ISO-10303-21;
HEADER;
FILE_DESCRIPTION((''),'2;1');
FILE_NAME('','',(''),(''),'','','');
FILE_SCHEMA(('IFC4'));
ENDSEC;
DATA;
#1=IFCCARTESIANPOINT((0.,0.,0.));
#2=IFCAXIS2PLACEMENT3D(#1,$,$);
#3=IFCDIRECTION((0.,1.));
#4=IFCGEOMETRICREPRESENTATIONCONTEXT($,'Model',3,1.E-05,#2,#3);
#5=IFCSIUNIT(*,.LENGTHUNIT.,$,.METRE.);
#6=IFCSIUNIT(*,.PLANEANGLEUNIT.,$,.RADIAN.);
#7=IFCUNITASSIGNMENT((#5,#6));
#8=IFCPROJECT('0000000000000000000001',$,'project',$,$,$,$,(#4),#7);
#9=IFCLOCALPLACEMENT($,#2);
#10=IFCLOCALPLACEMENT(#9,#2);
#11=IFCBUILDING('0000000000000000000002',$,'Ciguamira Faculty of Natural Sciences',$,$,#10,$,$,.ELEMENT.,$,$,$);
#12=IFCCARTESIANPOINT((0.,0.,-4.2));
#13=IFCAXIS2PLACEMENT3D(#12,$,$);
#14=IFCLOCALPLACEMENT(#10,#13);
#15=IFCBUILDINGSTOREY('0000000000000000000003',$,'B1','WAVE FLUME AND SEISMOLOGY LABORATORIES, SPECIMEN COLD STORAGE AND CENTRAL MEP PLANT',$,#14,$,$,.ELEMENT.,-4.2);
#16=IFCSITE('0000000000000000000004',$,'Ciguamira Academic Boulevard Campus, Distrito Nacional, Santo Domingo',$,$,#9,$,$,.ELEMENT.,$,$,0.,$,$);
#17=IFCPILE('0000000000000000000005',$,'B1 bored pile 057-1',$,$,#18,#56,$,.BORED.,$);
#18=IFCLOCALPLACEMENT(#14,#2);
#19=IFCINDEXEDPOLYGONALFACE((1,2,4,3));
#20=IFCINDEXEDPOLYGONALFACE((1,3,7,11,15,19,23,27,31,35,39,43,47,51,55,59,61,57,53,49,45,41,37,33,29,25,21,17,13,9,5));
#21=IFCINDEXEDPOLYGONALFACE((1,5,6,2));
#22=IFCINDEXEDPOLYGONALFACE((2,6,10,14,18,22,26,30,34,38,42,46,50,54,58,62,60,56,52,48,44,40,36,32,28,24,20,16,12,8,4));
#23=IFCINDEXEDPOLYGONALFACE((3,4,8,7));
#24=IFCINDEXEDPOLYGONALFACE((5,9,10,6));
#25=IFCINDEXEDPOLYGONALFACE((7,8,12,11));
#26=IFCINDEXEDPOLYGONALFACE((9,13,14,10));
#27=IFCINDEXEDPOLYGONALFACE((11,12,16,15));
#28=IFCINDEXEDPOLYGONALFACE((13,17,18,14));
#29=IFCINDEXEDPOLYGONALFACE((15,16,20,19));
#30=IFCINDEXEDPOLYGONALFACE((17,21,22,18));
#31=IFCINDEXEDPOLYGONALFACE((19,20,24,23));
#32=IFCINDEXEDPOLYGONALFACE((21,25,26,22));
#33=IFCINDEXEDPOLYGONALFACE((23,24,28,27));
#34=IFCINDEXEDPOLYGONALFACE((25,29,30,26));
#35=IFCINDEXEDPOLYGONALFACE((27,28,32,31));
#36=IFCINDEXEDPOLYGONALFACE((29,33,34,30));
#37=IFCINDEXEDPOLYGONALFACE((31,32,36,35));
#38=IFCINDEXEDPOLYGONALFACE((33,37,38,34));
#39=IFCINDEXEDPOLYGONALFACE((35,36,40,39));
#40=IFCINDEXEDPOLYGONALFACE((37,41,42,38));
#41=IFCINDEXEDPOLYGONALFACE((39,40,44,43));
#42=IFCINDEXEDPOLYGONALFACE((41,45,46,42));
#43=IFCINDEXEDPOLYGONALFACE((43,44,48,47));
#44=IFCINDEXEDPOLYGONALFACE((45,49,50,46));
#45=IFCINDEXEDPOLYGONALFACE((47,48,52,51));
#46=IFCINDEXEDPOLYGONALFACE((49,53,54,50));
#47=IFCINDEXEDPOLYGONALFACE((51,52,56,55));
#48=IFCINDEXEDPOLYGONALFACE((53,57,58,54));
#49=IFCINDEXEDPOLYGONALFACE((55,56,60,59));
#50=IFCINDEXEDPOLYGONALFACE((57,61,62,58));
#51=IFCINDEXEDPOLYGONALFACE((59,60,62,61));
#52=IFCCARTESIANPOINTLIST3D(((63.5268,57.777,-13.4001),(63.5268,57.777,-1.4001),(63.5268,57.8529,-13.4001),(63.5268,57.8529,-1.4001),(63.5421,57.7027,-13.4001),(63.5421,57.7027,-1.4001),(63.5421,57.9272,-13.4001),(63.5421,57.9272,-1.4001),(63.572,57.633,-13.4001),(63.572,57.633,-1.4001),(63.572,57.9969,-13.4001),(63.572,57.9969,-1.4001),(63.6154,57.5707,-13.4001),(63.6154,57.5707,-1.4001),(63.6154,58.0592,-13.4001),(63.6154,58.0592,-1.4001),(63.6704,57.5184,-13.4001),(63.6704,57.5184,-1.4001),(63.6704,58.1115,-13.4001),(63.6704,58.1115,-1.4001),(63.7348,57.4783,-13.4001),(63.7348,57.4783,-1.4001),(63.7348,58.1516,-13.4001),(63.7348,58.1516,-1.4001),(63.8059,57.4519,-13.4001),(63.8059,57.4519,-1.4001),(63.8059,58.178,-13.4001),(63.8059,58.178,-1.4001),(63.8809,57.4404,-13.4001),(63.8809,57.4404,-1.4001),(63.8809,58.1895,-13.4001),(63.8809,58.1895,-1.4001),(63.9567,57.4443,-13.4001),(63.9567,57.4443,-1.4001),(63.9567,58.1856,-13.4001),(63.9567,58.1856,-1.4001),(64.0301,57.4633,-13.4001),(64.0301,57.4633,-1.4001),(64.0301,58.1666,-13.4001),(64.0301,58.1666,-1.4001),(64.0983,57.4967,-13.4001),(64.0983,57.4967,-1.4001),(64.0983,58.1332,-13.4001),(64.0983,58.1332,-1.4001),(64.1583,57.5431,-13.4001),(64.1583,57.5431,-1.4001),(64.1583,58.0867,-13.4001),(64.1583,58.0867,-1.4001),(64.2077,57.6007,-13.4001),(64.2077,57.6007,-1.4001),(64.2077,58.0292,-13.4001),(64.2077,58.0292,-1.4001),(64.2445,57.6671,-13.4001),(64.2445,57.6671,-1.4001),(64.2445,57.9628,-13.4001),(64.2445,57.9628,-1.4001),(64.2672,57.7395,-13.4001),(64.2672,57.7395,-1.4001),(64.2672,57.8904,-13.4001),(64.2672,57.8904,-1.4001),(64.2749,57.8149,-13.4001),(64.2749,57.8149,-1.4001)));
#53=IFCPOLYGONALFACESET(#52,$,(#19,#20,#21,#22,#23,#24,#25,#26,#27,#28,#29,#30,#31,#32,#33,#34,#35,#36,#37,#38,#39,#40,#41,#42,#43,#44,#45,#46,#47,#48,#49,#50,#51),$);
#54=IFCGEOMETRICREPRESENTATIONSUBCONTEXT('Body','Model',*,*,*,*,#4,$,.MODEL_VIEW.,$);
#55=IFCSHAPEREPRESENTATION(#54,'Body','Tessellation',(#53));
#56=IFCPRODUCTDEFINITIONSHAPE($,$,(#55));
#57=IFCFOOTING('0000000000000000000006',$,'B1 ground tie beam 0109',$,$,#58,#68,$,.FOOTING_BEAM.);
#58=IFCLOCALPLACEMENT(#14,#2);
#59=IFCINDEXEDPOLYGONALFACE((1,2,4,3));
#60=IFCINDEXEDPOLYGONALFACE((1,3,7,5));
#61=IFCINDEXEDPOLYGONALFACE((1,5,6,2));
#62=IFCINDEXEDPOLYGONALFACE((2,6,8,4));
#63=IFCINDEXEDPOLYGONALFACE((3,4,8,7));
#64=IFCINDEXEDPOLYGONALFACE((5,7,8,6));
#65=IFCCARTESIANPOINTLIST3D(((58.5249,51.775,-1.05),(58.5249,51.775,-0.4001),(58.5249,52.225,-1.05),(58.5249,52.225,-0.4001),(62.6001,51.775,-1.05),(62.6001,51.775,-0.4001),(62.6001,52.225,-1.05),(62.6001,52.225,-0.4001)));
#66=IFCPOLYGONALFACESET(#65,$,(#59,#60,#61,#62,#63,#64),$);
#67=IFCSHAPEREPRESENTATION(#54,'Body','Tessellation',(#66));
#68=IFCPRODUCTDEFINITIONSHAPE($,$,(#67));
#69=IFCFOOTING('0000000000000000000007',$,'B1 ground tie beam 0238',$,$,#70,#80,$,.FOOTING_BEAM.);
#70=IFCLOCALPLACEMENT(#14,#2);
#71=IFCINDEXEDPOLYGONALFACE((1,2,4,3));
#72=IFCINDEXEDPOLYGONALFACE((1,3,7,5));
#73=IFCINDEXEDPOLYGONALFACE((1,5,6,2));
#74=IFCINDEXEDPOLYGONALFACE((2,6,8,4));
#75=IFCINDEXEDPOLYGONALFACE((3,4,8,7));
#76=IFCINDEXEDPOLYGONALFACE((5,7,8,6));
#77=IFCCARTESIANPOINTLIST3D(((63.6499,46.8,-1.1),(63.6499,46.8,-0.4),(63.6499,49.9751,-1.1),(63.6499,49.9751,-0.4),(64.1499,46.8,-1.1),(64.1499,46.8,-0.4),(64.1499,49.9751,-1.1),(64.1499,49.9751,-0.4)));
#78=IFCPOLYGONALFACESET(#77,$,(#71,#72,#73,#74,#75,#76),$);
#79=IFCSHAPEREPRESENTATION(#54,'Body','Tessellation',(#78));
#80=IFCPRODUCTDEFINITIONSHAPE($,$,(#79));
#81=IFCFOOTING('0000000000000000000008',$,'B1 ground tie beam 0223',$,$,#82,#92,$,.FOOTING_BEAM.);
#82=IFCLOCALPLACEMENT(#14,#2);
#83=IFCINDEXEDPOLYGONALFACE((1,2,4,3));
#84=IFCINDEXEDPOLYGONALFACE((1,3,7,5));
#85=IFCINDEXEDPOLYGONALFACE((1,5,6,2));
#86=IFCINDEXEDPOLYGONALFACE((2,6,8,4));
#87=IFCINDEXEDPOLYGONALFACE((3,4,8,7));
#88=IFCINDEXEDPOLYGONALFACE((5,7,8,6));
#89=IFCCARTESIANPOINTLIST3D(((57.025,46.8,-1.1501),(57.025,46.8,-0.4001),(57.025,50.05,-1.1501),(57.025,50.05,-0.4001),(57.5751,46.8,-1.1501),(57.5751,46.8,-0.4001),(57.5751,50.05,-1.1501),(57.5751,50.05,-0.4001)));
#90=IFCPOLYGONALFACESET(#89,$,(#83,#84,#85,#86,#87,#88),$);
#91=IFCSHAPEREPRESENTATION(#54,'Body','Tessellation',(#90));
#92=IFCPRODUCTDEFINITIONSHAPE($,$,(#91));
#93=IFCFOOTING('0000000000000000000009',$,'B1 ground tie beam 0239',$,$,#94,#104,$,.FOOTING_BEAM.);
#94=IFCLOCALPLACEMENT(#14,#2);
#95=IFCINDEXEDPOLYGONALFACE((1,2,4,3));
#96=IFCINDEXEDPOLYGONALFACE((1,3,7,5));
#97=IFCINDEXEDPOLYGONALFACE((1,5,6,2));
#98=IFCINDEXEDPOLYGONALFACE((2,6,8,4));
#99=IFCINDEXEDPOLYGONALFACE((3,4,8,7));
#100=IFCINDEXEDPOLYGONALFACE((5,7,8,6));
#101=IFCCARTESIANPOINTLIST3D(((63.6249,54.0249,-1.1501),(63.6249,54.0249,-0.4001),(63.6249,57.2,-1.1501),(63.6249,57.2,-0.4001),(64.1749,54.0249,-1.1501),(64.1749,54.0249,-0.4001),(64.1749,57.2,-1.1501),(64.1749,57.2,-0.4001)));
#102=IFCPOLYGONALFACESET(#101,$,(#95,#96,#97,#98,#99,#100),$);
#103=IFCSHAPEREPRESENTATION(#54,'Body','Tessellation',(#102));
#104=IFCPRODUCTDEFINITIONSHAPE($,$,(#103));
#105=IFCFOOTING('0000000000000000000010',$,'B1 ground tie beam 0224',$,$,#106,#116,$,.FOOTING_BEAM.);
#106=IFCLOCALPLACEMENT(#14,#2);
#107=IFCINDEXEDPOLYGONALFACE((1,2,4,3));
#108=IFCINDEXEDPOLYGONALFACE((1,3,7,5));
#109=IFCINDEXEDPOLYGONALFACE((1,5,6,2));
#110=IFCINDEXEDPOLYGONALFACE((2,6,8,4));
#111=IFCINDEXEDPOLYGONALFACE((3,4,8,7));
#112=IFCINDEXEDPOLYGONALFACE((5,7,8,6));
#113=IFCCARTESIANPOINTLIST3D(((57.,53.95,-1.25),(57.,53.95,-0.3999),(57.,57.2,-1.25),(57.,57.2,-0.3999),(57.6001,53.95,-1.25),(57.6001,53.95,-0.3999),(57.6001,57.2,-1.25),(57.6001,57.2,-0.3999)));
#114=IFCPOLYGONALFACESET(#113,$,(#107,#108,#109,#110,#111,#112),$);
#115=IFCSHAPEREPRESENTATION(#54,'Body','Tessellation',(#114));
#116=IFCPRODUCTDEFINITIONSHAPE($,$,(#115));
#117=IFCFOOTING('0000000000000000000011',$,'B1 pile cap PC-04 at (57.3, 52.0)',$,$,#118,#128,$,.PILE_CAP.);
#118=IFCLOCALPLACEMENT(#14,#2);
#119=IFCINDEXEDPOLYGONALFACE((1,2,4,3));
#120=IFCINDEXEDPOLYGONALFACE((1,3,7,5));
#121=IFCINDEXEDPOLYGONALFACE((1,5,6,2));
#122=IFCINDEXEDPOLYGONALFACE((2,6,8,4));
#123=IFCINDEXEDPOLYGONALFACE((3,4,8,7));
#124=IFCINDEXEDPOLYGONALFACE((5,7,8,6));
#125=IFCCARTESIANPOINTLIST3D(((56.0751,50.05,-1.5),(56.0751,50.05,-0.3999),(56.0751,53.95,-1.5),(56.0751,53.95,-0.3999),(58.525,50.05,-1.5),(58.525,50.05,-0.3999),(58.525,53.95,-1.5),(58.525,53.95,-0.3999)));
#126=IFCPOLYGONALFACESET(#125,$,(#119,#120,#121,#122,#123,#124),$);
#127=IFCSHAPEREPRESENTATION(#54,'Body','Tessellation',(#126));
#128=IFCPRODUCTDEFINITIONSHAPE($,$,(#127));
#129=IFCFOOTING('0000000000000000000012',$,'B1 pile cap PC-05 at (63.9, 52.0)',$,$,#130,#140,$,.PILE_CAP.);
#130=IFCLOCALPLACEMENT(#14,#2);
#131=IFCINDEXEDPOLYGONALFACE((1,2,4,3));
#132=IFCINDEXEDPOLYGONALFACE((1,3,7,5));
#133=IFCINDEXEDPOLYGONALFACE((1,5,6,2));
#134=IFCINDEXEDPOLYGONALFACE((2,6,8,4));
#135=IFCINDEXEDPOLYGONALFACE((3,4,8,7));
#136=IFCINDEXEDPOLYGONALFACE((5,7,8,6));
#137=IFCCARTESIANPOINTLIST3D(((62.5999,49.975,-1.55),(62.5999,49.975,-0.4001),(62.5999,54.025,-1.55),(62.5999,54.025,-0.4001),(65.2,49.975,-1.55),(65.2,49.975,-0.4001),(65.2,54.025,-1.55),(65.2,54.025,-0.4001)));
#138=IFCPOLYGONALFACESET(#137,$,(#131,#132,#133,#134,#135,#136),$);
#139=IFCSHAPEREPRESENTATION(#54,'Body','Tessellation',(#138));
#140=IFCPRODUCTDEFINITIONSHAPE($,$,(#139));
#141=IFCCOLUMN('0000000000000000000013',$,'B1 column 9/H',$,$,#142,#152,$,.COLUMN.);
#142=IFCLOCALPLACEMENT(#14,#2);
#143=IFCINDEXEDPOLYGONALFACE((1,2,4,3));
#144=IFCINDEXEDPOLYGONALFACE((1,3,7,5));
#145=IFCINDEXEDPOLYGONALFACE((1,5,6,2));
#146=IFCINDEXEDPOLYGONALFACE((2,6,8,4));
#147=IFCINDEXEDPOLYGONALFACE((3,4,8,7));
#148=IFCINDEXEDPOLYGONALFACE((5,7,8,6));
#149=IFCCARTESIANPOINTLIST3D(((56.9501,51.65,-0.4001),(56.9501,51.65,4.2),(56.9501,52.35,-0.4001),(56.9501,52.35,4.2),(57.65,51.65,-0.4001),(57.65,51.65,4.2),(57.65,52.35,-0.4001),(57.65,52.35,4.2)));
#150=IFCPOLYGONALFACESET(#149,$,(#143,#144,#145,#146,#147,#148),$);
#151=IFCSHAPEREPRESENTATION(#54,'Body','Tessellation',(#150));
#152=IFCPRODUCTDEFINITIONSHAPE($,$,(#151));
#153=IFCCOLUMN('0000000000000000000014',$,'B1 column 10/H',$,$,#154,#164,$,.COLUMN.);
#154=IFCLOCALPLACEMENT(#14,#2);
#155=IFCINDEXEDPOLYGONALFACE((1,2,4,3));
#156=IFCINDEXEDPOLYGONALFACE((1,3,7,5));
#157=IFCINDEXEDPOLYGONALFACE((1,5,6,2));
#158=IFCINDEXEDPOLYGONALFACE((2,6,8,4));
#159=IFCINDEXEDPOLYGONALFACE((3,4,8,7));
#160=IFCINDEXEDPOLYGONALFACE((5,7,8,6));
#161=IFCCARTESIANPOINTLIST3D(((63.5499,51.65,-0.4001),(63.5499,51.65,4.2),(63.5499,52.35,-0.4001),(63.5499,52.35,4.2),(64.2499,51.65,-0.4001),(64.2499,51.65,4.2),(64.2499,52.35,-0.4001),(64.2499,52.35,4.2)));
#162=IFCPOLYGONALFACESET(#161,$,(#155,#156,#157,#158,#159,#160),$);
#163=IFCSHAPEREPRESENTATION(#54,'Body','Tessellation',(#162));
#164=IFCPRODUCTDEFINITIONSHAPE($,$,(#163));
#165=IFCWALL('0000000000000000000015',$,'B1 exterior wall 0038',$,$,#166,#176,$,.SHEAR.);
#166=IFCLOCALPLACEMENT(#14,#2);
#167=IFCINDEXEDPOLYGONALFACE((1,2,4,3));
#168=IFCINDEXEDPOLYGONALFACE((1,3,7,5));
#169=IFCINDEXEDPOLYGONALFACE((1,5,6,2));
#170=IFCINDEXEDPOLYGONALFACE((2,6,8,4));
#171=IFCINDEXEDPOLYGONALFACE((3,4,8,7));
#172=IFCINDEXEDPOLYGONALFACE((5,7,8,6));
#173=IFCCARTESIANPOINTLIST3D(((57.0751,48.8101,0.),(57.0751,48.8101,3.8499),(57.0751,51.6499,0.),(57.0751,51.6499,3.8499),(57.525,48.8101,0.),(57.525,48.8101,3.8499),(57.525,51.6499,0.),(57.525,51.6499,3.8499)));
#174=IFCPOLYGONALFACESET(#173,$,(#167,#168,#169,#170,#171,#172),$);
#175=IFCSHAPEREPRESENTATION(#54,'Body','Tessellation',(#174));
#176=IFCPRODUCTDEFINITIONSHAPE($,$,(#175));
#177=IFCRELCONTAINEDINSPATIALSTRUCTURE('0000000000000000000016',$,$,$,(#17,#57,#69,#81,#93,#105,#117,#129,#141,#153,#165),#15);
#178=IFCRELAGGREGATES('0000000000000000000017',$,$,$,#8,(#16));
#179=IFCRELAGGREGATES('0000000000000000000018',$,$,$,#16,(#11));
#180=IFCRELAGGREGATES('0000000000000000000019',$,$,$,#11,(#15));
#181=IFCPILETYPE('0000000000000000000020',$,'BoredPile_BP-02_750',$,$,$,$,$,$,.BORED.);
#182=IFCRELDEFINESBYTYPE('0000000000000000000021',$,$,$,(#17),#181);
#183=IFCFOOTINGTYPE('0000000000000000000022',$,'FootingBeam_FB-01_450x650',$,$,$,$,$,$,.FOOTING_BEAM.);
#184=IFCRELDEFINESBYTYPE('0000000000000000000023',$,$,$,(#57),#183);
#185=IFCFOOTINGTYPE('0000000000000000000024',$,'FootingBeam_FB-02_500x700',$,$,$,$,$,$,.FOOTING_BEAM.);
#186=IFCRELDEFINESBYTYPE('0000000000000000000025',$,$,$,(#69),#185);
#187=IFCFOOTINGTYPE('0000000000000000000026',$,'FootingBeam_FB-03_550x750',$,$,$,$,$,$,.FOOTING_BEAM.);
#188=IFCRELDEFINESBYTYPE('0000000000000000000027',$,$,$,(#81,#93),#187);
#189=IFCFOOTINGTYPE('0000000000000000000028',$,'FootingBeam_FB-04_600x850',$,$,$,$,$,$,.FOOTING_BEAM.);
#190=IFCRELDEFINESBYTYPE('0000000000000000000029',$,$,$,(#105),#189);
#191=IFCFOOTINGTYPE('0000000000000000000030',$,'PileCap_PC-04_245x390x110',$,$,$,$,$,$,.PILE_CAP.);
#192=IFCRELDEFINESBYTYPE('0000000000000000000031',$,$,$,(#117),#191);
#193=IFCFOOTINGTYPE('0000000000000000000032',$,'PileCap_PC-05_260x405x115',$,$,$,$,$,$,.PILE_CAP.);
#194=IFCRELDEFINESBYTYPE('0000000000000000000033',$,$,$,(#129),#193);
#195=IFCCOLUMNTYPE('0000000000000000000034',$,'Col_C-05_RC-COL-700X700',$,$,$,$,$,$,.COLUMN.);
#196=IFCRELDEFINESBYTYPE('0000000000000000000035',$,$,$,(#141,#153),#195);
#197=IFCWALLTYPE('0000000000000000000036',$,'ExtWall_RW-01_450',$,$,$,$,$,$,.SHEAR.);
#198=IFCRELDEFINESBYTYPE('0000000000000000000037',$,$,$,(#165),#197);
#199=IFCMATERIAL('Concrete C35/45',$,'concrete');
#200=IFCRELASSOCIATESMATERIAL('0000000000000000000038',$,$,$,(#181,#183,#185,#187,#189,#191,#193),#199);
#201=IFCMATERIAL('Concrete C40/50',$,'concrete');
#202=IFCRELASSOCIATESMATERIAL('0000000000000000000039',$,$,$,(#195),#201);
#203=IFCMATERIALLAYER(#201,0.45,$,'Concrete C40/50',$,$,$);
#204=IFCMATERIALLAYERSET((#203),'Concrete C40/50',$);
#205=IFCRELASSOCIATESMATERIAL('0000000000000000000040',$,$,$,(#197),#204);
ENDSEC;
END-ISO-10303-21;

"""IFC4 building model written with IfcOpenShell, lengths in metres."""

from ifc_helpers import new_model, si_unit, direction, frame, frame_2d, origin, origin_2d, place, context, subcontext, project, spatial, rectangle, circle, extrude, material, layer, layer_set, material_profile, profile_set, type_object, element, save


model = new_model("IFC4")

# Units and contexts
model_context = context("Model", 3, precision=1e-05, world=origin(), true_north=direction((0.0, 1.0)))
body_context = subcontext(model_context, "Body", "Model", "MODEL_VIEW")
ifc_project = project(units=[si_unit("LENGTHUNIT", "METRE"), si_unit("PLANEANGLEUNIT", "RADIAN")], contexts=[model_context])

# Site, building, storey
site_placement = place(None, origin())
site = spatial("IfcSite", under=ifc_project, at=site_placement, Name="Ciguamira Academic Boulevard Campus, Distrito Nacional, Santo Domingo", CompositionType="ELEMENT", RefElevation=0.0)
building_placement = place(site_placement, origin())
building = spatial("IfcBuilding", under=site, at=building_placement, Name="Ciguamira Faculty of Natural Sciences", CompositionType="ELEMENT")
storey_placement = place(building_placement, frame((0.0, 0.0, -4.2)))
storey = spatial("IfcBuildingStorey", under=building, at=storey_placement, Name="B1", Description="WAVE FLUME AND SEISMOLOGY LABORATORIES, SPECIMEN COLD STORAGE AND CENTRAL MEP PLANT", CompositionType="ELEMENT", Elevation=-4.2)

# Pile
ifc_material_1 = material(Name="Concrete C35/45", Category="concrete")
ifc_material_profile_1 = material_profile(ifc_material_1, circle(Radius=0.375, at=origin_2d()), Name="PILE-BORED-750")
ifc_profile_set_1 = profile_set([ifc_material_profile_1], Name="Concrete C35/45")
pile_type = type_object("IfcPileType", Name="BoredPile_BP-02_750", PredefinedType="BORED", material=ifc_profile_set_1)
pile_placement = place(storey_placement, frame((63.8999, 57.8149, -1.4001), z_axis=(0.0, 0.0, -1.0), x_axis=(1.0, 0.0, 0.0)))
element("IfcPile", 1, at=pile_placement, inside=storey, type_object=pile_type, Name="B1 bored pile 057-1", PredefinedType="BORED", context=body_context, shape_type="SweptSolid", body=[
    extrude(circle(Radius=0.375, at=origin_2d()), origin(), (0.0, 0.0, 1.0), 12.0),
])

# Footings
ifc_material_profile_2 = material_profile(ifc_material_1, rectangle(XDim=0.45, YDim=0.6499, at=origin_2d()), Name="RC-FB-450X650")
ifc_profile_set_2 = profile_set([ifc_material_profile_2], Name="Concrete C35/45")
footing_type_1 = type_object("IfcFootingType", Name="FootingBeam_FB-01_450x650", PredefinedType="FOOTING_BEAM", material=ifc_profile_set_2)
footing_1_placement = place(storey_placement, frame((58.5249, 52.0, -0.7251), z_axis=(1.0, 0.0, 0.0), x_axis=(0.0, 1.0, 0.0)))
element("IfcFooting", 2, at=footing_1_placement, inside=storey, type_object=footing_type_1, Name="B1 ground tie beam 0109", PredefinedType="FOOTING_BEAM", context=body_context, shape_type="SweptSolid", body=[
    extrude(rectangle(XDim=0.45, YDim=0.6499, at=origin_2d()), origin(), (0.0, 0.0, 1.0), 4.0752),
])
ifc_material_profile_3 = material_profile(ifc_material_1, rectangle(XDim=0.5, YDim=0.7, at=origin_2d()), Name="RC-FB-500X700")
ifc_profile_set_3 = profile_set([ifc_material_profile_3], Name="Concrete C35/45")
footing_type_2 = type_object("IfcFootingType", Name="FootingBeam_FB-02_500x700", PredefinedType="FOOTING_BEAM", material=ifc_profile_set_3)
footing_2_placement = place(storey_placement, frame((63.8999, 46.8, -0.75), z_axis=(0.0, 1.0, 0.0), x_axis=(-1.0, 0.0, 0.0)))
element("IfcFooting", 3, at=footing_2_placement, inside=storey, type_object=footing_type_2, Name="B1 ground tie beam 0238", PredefinedType="FOOTING_BEAM", context=body_context, shape_type="SweptSolid", body=[
    extrude(rectangle(XDim=0.5, YDim=0.7, at=origin_2d()), origin(), (0.0, 0.0, 1.0), 3.175),
])
ifc_material_profile_4 = material_profile(ifc_material_1, rectangle(XDim=0.55, YDim=0.75, at=origin_2d()), Name="RC-FB-550X750")
ifc_profile_set_4 = profile_set([ifc_material_profile_4], Name="Concrete C35/45")
footing_type_3 = type_object("IfcFootingType", Name="FootingBeam_FB-03_550x750", PredefinedType="FOOTING_BEAM", material=ifc_profile_set_4)
footing_3_placement = place(storey_placement, frame((57.3, 46.8, -0.7751), z_axis=(0.0, 1.0, 0.0), x_axis=(-1.0, 0.0, 0.0)))
element("IfcFooting", 4, at=footing_3_placement, inside=storey, type_object=footing_type_3, Name="B1 ground tie beam 0223", PredefinedType="FOOTING_BEAM", context=body_context, shape_type="SweptSolid", body=[
    extrude(rectangle(XDim=0.55, YDim=0.75, at=origin_2d()), origin(), (0.0, 0.0, 1.0), 3.25),
])
footing_4_placement = place(storey_placement, frame((63.8999, 54.0249, -0.7751), z_axis=(0.0, 1.0, 0.0), x_axis=(-1.0, 0.0, 0.0)))
element("IfcFooting", 5, at=footing_4_placement, inside=storey, type_object=footing_type_3, Name="B1 ground tie beam 0239", PredefinedType="FOOTING_BEAM", context=body_context, shape_type="SweptSolid", body=[
    extrude(rectangle(XDim=0.55, YDim=0.75, at=origin_2d()), origin(), (0.0, 0.0, 1.0), 3.175),
])
ifc_material_profile_5 = material_profile(ifc_material_1, rectangle(XDim=0.6001, YDim=0.8501, at=origin_2d()), Name="RC-FB-600X850")
ifc_profile_set_5 = profile_set([ifc_material_profile_5], Name="Concrete C35/45")
footing_type_4 = type_object("IfcFootingType", Name="FootingBeam_FB-04_600x850", PredefinedType="FOOTING_BEAM", material=ifc_profile_set_5)
footing_5_placement = place(storey_placement, frame((57.3, 53.95, -0.825), z_axis=(0.0, 1.0, 0.0), x_axis=(-1.0, 0.0, 0.0)))
element("IfcFooting", 6, at=footing_5_placement, inside=storey, type_object=footing_type_4, Name="B1 ground tie beam 0224", PredefinedType="FOOTING_BEAM", context=body_context, shape_type="SweptSolid", body=[
    extrude(rectangle(XDim=0.6001, YDim=0.8501, at=origin_2d()), origin(), (0.0, 0.0, 1.0), 3.25),
])
footing_type_5 = type_object("IfcFootingType", Name="PileCap_PC-04_245x390x110", PredefinedType="PILE_CAP", material=ifc_material_1)
footing_6_placement = place(storey_placement, frame((57.3, 52.0, -1.5), z_axis=(0.0, 0.0, 1.0), x_axis=(1.0, 0.0, 0.0)))
element("IfcFooting", 7, at=footing_6_placement, inside=storey, type_object=footing_type_5, Name="B1 pile cap PC-04 at (57.3, 52.0)", PredefinedType="PILE_CAP", context=body_context, shape_type="SweptSolid", body=[
    extrude(rectangle(XDim=2.45, YDim=3.8999, at=origin_2d()), origin(), (0.0, 0.0, 1.0), 1.1001),
])
footing_type_6 = type_object("IfcFootingType", Name="PileCap_PC-05_260x405x115", PredefinedType="PILE_CAP", material=ifc_material_1)
footing_7_placement = place(storey_placement, frame((63.8999, 52.0, -1.55), z_axis=(0.0, 0.0, 1.0), x_axis=(1.0, 0.0, 0.0)))
element("IfcFooting", 8, at=footing_7_placement, inside=storey, type_object=footing_type_6, Name="B1 pile cap PC-05 at (63.9, 52.0)", PredefinedType="PILE_CAP", context=body_context, shape_type="SweptSolid", body=[
    extrude(rectangle(XDim=2.6001, YDim=4.05, at=origin_2d()), origin(), (0.0, 0.0, 1.0), 1.1499),
])

# Columns
ifc_material_2 = material(Name="Concrete C40/50", Category="concrete")
ifc_material_profile_6 = material_profile(ifc_material_2, rectangle(XDim=0.7, YDim=0.7, at=origin_2d()), Name="RC-COL-700X700")
ifc_profile_set_6 = profile_set([ifc_material_profile_6], Name="Concrete C40/50")
column_type = type_object("IfcColumnType", Name="Col_C-05_RC-COL-700X700", PredefinedType="COLUMN", material=ifc_profile_set_6)
for number, where, z_axis, x_axis, name in (
    (9, (57.3, 52.0, -0.4001), (0.0, 0.0, 1.0), (1.0, 0.0, 0.0), "B1 column 9/H"),
    (10, (63.8999, 52.0, -0.4001), (0.0, 0.0, 1.0), (1.0, 0.0, 0.0), "B1 column 10/H"),
):
    element("IfcColumn", number, at=place(storey_placement, frame(where, z_axis=z_axis, x_axis=x_axis)), inside=storey, type_object=column_type, Name=name, PredefinedType="COLUMN", context=body_context, shape_type="SweptSolid", body=[
        extrude(rectangle(XDim=0.7, YDim=0.7, at=origin_2d()), origin(), (0.0, 0.0, 1.0), 4.6001),
    ])

# Wall
ifc_layer_1 = layer(ifc_material_2, 0.45, Name="Concrete C40/50")
ifc_layer_set_1 = layer_set([ifc_layer_1], Name="Concrete C40/50")
wall_type_1 = type_object("IfcWallType", Name="ExtWall_RW-01_450", PredefinedType="SHEAR", material=ifc_layer_set_1)
wall_1_placement = place(storey_placement, frame((57.3, 48.8101, 0.0), z_axis=(0.0, 0.0, 1.0), x_axis=(0.0, 1.0, 0.0)))
element("IfcWall", 11, at=wall_1_placement, inside=storey, type_object=wall_type_1, Name="B1 exterior wall 0038", PredefinedType="SHEAR", context=body_context, shape_type="SweptSolid", body=[
    extrude(rectangle(XDim=2.8398, YDim=0.45, at=frame_2d((1.4199, 0.0))), origin(), (0.0, 0.0, 1.0), 3.8499),
])

save(model, "model.ifc")
